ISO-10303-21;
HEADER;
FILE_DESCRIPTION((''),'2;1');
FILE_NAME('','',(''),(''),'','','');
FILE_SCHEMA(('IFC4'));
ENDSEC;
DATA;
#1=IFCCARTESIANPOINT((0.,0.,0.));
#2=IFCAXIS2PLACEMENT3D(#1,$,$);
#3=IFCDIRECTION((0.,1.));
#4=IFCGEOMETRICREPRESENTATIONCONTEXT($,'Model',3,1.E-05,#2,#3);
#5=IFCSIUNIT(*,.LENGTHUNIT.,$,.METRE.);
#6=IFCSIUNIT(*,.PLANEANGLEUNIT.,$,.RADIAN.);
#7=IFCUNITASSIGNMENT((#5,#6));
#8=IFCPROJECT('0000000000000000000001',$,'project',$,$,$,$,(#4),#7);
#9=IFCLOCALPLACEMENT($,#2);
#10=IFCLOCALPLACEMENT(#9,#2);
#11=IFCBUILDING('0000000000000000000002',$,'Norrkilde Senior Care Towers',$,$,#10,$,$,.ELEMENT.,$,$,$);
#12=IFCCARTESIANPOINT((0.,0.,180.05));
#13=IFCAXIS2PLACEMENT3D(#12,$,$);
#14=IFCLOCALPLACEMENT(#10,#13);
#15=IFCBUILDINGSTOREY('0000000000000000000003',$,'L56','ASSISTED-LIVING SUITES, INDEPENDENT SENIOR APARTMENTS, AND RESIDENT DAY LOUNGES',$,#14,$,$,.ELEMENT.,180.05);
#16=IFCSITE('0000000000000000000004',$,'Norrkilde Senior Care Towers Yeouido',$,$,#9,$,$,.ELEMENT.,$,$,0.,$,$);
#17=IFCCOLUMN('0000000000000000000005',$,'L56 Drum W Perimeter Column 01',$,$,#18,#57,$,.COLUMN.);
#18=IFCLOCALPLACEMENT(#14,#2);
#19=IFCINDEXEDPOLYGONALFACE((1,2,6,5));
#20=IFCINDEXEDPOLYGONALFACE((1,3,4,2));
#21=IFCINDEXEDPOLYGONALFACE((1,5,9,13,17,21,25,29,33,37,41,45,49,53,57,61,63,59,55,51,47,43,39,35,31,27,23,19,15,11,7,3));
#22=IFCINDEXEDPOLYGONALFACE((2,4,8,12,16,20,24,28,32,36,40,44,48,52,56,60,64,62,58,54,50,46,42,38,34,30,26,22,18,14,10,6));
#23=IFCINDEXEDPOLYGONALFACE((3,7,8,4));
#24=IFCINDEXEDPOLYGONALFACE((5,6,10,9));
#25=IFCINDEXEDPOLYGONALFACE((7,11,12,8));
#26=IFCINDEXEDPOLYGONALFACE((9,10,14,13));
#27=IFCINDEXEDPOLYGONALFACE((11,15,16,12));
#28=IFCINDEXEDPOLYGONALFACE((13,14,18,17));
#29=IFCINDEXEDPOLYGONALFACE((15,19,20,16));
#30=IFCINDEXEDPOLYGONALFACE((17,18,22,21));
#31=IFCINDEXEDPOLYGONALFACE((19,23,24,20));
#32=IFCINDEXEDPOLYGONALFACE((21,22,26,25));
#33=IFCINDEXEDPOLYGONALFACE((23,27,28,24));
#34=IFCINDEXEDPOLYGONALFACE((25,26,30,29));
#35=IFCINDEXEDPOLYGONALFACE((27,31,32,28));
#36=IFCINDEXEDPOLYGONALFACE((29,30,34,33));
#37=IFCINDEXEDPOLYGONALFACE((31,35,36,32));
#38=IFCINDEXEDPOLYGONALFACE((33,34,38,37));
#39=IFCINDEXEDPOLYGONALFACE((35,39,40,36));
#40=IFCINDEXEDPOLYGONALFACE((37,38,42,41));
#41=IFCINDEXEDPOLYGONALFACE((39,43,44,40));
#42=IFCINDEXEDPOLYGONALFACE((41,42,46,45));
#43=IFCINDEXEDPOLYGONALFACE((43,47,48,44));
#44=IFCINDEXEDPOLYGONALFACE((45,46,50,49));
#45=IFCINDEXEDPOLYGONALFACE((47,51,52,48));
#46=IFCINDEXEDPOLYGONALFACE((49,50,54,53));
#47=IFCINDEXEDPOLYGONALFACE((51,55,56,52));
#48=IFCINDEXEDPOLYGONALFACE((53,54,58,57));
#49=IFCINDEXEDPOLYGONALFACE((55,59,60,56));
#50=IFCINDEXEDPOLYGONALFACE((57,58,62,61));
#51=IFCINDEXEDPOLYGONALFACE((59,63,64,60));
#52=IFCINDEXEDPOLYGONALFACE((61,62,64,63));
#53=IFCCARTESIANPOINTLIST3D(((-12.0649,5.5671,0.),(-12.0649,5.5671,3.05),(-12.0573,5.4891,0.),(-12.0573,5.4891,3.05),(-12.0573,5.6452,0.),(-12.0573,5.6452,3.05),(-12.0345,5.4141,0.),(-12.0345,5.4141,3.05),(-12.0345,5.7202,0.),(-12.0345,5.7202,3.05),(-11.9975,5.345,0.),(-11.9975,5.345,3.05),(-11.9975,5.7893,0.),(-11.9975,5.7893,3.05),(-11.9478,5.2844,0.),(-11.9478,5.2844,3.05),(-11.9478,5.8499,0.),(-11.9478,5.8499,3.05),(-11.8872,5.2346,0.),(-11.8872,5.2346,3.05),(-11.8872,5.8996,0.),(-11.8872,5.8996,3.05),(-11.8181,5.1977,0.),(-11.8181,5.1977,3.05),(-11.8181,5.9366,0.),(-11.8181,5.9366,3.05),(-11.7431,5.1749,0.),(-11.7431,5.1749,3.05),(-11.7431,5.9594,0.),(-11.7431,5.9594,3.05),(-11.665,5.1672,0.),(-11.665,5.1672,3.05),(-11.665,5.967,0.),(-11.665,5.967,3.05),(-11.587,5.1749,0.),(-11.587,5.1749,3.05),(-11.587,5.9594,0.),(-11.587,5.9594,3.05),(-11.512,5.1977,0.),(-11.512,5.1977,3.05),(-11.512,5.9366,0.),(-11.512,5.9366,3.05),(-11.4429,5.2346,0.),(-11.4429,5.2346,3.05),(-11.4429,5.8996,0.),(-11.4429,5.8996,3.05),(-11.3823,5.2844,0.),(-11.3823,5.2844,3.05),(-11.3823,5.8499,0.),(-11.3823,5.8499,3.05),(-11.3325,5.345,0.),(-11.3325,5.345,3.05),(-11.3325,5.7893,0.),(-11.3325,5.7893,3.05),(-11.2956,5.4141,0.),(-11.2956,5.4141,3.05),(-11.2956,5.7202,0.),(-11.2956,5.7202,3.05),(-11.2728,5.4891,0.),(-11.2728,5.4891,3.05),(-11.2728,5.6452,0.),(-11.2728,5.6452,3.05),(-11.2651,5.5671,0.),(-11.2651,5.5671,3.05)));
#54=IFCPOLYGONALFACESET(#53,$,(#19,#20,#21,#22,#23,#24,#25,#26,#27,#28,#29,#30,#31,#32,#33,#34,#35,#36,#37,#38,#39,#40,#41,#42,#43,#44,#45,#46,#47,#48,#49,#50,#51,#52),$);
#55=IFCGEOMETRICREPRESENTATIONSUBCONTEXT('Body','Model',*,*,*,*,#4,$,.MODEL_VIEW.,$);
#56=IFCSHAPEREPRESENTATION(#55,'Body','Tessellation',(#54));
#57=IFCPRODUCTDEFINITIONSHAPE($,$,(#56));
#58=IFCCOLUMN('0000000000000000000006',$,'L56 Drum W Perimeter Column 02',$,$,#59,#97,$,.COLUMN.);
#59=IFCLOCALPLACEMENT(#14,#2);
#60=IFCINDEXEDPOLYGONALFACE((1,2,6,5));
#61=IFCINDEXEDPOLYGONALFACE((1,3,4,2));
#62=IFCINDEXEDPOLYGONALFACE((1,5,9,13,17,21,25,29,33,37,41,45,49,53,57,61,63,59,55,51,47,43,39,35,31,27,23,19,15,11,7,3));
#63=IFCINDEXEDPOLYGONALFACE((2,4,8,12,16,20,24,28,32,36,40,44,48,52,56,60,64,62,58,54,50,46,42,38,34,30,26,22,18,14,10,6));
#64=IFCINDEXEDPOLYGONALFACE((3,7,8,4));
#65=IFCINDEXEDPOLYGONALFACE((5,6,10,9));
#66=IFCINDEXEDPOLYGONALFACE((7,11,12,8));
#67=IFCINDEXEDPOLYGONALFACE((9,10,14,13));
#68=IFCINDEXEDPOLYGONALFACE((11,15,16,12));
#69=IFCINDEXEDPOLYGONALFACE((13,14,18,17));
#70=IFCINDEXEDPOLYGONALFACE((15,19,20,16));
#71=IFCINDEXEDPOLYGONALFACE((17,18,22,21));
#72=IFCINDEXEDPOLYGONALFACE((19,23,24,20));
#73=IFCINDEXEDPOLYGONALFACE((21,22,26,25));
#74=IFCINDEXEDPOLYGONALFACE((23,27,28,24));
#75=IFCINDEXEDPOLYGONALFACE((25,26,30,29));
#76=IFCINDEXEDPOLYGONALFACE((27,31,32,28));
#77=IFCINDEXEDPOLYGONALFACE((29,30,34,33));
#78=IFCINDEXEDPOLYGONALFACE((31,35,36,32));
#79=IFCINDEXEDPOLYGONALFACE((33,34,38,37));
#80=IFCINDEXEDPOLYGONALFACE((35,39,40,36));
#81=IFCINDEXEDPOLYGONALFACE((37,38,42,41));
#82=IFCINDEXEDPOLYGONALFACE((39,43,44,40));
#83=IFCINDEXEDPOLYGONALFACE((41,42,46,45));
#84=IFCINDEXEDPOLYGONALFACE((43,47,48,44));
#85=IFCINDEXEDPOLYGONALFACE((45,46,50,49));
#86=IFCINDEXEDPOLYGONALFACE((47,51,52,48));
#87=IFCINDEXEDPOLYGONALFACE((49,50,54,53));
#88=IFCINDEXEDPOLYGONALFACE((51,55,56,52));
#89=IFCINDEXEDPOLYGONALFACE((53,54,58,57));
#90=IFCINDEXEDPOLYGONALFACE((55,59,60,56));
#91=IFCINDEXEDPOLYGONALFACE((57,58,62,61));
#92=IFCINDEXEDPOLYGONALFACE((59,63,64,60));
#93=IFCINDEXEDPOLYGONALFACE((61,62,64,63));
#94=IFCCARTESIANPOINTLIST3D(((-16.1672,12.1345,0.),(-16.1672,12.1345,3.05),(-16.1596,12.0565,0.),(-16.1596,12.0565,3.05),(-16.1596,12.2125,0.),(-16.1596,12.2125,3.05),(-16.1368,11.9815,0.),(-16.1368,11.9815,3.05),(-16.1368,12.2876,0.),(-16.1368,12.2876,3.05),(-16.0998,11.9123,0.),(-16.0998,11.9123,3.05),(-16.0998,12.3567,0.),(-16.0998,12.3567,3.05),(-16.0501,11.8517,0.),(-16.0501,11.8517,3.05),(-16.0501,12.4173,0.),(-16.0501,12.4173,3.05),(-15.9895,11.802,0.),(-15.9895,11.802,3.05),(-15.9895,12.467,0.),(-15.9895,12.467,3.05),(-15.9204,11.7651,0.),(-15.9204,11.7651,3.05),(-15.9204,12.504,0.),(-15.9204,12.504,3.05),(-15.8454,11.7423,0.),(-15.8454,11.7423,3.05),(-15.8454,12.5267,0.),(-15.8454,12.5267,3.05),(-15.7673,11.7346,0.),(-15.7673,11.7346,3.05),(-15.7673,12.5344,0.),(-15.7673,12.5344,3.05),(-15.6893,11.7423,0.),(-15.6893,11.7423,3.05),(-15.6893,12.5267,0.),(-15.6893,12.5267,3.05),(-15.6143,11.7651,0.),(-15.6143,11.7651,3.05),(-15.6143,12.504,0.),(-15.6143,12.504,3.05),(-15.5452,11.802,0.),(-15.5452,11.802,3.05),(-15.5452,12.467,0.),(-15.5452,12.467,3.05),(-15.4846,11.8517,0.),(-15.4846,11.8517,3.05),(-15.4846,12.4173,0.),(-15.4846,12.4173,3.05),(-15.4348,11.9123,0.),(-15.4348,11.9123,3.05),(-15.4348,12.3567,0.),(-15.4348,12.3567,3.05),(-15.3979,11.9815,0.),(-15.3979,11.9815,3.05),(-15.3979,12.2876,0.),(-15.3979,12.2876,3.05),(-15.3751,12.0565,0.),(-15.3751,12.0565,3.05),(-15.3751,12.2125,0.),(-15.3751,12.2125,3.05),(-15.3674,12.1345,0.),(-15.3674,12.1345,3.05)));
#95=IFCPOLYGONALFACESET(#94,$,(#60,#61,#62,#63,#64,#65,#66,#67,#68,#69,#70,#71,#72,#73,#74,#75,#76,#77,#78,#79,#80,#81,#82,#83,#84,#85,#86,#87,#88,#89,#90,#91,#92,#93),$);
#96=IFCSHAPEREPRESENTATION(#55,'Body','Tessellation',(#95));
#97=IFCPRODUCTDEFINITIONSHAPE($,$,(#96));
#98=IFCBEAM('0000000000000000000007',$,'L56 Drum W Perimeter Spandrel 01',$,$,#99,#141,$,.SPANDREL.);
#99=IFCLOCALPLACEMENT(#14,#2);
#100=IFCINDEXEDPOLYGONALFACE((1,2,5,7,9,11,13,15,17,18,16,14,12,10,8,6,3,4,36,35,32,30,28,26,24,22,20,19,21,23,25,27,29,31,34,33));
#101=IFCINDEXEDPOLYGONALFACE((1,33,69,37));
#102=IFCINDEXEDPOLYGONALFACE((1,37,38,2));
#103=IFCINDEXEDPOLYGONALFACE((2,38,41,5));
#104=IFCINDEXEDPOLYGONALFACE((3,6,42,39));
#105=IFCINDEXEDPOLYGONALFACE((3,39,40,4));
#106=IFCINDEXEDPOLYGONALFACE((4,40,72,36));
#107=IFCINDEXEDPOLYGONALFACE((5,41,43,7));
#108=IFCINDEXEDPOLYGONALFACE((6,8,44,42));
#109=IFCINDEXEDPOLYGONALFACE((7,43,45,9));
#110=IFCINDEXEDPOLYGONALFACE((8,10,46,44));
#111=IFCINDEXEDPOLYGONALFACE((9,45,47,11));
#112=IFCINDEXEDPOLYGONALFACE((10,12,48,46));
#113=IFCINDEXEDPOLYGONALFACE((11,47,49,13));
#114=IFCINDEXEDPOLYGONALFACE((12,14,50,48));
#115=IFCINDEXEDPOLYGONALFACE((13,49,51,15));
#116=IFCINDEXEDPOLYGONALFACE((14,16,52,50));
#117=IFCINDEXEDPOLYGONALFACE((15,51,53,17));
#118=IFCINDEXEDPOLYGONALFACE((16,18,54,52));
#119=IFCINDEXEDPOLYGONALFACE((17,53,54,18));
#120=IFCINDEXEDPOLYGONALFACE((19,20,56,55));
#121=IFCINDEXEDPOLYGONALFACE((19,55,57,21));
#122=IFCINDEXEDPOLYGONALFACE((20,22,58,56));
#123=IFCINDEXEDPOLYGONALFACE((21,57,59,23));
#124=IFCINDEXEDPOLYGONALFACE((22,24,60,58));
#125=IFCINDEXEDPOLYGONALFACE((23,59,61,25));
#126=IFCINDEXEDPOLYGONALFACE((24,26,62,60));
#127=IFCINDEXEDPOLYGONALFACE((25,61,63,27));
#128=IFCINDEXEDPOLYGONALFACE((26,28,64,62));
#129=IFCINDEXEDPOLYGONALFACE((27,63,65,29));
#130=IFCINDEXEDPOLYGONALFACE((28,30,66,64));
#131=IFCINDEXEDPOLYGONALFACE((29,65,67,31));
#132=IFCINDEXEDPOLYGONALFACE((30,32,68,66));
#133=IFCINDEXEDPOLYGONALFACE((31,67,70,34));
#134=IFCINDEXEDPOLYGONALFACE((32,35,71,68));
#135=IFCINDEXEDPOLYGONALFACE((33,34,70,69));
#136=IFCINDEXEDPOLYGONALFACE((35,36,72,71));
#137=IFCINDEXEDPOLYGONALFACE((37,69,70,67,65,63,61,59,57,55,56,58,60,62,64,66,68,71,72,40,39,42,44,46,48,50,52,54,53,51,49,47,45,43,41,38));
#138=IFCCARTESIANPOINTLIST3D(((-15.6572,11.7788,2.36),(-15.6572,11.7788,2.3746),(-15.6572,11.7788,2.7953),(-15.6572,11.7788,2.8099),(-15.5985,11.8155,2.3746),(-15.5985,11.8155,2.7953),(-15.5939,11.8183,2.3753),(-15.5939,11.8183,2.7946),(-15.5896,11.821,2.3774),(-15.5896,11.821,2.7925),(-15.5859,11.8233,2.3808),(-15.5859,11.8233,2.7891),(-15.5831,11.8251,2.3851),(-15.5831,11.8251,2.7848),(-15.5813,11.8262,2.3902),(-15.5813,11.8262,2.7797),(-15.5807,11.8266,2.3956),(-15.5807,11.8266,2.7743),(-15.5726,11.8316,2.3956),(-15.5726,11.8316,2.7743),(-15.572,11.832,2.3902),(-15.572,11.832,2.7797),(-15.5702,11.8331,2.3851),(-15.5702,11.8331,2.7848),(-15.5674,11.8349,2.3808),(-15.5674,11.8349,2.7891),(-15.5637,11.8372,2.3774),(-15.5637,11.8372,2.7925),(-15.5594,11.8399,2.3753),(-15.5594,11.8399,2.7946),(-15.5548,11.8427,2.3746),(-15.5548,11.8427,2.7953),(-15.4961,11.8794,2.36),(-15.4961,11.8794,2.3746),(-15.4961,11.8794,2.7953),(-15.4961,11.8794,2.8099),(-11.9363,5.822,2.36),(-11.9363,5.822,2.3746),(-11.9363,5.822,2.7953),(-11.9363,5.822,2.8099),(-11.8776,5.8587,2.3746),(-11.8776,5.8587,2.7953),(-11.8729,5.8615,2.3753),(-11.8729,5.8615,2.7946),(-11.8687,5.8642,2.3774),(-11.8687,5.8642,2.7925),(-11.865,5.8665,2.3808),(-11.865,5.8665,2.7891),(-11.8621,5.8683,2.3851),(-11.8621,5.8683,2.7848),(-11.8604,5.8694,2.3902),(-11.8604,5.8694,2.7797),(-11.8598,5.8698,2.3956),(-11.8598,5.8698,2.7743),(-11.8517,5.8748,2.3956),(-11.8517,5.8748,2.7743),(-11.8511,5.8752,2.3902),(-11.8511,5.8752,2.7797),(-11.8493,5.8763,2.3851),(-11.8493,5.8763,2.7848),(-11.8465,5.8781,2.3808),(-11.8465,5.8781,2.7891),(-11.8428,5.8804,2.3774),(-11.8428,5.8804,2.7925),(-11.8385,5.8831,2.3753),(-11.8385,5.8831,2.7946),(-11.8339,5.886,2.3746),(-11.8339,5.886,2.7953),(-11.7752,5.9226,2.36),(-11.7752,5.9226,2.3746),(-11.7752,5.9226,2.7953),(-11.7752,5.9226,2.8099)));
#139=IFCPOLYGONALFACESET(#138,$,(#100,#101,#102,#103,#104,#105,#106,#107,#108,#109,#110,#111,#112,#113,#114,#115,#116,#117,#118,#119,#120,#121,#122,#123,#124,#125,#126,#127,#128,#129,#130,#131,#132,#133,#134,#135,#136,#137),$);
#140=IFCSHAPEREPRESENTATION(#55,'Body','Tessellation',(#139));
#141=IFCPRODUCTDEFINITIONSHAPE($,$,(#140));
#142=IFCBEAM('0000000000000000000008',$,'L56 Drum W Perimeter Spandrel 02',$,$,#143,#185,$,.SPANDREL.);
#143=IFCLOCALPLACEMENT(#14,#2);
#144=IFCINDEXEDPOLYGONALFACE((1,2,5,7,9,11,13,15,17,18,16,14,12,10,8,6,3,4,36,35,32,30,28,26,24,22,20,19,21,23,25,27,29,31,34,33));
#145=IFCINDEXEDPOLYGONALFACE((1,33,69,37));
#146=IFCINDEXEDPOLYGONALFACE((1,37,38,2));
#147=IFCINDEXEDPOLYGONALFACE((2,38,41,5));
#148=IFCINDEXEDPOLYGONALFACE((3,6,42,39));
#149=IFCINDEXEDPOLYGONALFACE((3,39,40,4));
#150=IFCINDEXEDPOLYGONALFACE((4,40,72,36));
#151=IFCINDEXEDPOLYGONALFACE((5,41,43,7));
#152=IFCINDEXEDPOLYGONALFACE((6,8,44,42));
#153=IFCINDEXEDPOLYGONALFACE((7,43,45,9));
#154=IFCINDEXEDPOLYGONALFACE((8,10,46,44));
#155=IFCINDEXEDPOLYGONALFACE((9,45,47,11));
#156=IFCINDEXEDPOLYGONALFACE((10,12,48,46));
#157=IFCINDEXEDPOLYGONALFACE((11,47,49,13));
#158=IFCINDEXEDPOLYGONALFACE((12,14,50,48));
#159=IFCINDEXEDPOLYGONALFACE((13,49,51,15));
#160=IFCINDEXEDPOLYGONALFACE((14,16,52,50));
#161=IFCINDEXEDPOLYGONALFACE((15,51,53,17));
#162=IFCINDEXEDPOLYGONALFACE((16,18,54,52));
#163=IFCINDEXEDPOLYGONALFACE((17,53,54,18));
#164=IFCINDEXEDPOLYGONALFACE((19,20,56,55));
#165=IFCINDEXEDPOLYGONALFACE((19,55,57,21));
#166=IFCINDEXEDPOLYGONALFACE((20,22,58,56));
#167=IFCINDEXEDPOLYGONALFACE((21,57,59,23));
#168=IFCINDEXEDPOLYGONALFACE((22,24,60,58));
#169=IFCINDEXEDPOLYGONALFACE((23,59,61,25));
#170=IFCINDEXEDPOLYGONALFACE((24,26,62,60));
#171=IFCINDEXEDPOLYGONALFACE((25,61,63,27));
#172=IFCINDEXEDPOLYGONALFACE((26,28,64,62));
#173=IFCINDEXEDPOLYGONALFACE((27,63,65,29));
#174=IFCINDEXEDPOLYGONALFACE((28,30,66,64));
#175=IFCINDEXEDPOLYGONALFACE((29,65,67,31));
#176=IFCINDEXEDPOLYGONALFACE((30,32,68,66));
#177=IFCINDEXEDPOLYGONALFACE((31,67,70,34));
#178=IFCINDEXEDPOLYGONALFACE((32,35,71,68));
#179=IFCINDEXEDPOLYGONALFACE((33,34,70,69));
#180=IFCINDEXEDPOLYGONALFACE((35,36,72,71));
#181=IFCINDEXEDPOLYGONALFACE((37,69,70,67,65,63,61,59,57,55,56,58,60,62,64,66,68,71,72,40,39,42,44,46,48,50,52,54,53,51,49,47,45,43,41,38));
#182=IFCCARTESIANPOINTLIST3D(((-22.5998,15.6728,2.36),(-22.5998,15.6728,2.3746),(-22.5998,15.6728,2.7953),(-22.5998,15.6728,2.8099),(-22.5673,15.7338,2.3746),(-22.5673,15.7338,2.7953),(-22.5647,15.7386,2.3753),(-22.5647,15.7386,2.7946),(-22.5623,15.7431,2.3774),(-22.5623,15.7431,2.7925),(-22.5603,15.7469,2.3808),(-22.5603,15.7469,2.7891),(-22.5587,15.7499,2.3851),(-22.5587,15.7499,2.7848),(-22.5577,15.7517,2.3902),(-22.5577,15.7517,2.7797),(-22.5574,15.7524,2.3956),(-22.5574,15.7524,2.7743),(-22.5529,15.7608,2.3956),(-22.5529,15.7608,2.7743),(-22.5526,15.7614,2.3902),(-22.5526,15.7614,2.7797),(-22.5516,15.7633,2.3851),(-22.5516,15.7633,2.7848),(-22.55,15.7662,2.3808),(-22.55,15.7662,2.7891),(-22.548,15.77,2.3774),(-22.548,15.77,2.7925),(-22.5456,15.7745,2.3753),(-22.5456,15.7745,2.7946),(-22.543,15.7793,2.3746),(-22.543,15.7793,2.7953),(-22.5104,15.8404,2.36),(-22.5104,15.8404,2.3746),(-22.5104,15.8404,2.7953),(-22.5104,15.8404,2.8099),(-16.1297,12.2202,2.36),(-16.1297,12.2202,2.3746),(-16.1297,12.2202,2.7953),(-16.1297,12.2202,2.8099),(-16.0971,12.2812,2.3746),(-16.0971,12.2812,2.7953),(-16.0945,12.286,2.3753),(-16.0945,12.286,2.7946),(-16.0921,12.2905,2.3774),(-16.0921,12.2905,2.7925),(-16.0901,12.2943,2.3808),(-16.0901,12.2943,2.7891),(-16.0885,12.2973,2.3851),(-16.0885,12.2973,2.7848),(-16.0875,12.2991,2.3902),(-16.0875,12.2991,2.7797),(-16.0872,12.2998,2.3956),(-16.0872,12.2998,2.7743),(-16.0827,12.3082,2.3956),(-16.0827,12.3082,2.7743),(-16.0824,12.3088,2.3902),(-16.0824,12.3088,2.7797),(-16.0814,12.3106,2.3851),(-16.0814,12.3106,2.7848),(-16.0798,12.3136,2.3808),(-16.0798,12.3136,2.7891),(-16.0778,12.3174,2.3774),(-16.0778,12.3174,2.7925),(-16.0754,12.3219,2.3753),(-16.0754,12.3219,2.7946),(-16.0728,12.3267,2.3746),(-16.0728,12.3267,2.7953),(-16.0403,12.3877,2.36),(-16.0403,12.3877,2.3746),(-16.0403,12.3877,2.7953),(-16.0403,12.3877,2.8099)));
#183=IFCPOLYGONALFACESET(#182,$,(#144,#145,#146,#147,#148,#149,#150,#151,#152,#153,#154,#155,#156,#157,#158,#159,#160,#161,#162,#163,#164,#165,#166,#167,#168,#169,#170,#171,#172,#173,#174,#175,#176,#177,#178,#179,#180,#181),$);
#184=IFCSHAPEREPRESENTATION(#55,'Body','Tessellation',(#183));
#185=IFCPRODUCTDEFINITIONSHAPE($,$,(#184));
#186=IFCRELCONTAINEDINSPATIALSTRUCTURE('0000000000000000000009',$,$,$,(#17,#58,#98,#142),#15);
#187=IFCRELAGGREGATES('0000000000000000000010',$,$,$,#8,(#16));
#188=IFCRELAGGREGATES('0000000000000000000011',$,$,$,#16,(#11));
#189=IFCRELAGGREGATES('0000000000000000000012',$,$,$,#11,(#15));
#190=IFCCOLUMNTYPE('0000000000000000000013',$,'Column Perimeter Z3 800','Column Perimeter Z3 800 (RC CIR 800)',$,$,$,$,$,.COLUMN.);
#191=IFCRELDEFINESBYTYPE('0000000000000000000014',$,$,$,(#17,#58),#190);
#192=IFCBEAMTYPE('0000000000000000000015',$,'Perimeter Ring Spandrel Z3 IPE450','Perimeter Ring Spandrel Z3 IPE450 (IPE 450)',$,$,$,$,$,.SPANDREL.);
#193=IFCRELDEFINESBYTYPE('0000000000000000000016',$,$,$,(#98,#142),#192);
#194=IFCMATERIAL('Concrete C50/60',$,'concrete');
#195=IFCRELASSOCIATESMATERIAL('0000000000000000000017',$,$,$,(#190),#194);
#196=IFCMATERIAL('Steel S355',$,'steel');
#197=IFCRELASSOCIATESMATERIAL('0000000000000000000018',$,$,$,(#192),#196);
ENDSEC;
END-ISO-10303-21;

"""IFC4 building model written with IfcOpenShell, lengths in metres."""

from ifc_helpers import new_model, si_unit, direction, frame, origin, origin_2d, place, context, subcontext, project, spatial, circle, i_section, extrude, source, transform, mapped, material, material_profile, profile_set, type_object, type_shapes, element, save


model = new_model("IFC4")

# Units and contexts
model_context = context("Model", 3, precision=1e-05, world=origin(), true_north=direction((0.0, 1.0)))
body_context = subcontext(model_context, "Body", "Model", "MODEL_VIEW")
ifc_project = project(units=[si_unit("LENGTHUNIT", "METRE"), si_unit("PLANEANGLEUNIT", "RADIAN")], contexts=[model_context])

# Site, building, storey
site_placement = place(None, origin())
site = spatial("IfcSite", under=ifc_project, at=site_placement, Name="Norrkilde Senior Care Towers Yeouido", CompositionType="ELEMENT", RefElevation=0.0)
building_placement = place(site_placement, origin())
building = spatial("IfcBuilding", under=site, at=building_placement, Name="Norrkilde Senior Care Towers", CompositionType="ELEMENT")
storey_placement = place(building_placement, frame((0.0, 0.0, 180.05)))
storey = spatial("IfcBuildingStorey", under=building, at=storey_placement, Name="L56", Description="ASSISTED-LIVING SUITES, INDEPENDENT SENIOR APARTMENTS, AND RESIDENT DAY LOUNGES", CompositionType="ELEMENT", Elevation=180.05)

# Columns
ifc_material_1 = material(Name="Concrete C50/60", Category="concrete")
ifc_material_profile_1 = material_profile(ifc_material_1, circle(Radius=0.3999, at=origin_2d()), Name="RC CIR 800")
ifc_profile_set_1 = profile_set([ifc_material_profile_1], Name="Concrete C50/60")
column_type = type_object("IfcColumnType", Name="Column Perimeter Z3 800", Description="Column Perimeter Z3 800 (RC CIR 800)", PredefinedType="COLUMN", material=ifc_profile_set_1)
shared_shape_1 = source(origin(), body_context, "Body", "SweptSolid", [
    extrude(circle(Radius=0.3999, at=origin_2d()), origin(), (0.0, 0.0, 1.0), 3.05),
])
type_shapes(column_type, [shared_shape_1])
for number, where, z_axis, x_axis, name in (
    (1, (-11.665, 5.5671, 0.0), (0.0, 0.0, 1.0), (1.0, 0.0, 0.0), "L56 Drum W Perimeter Column 01"),
    (2, (-15.7673, 12.1345, 0.0), (0.0, 0.0, 1.0), (1.0, 0.0, 0.0), "L56 Drum W Perimeter Column 02"),
):
    element("IfcColumn", number, at=place(storey_placement, frame(where, z_axis=z_axis, x_axis=x_axis)), inside=storey, type_object=column_type, Name=name, PredefinedType="COLUMN", context=body_context, shape_type="MappedRepresentation", body=[
        mapped(shared_shape_1, transform((0.0, 0.0, 0.0), x_axis=(1.0, 0.0, 0.0), y_axis=(0.0, 1.0, 0.0), z_axis=(0.0, 0.0, 1.0), scale=1.0)),
    ])

# Beams
ifc_material_2 = material(Name="Steel S355", Category="steel")
ifc_material_profile_2 = material_profile(ifc_material_2, i_section(OverallWidth=0.1899, OverallDepth=0.45, WebThickness=0.0095, FlangeThickness=0.0146, FilletRadius=0.021, at=origin_2d()), Name="IPE 450")
ifc_profile_set_2 = profile_set([ifc_material_profile_2], Name="Steel S355")
beam_type_1 = type_object("IfcBeamType", Name="Perimeter Ring Spandrel Z3 IPE450", Description="Perimeter Ring Spandrel Z3 IPE450 (IPE 450)", PredefinedType="SPANDREL", material=ifc_profile_set_2)
shared_shape_2 = source(origin(), body_context, "Body", "SweptSolid", [
    extrude(i_section(OverallWidth=0.1899, OverallDepth=0.45, WebThickness=0.0095, FlangeThickness=0.0146, FilletRadius=0.021, at=origin_2d()), origin(), (0.0, 0.0, 1.0), 7.0234),
])
beam_1_placement = place(storey_placement, frame((-11.8557, 5.8723, 2.585), z_axis=(-0.52979, 0.848129, 0.0), x_axis=(-0.848129, -0.52979, 0.0)))
element("IfcBeam", 3, at=beam_1_placement, inside=storey, type_object=beam_type_1, Name="L56 Drum W Perimeter Spandrel 01", PredefinedType="SPANDREL", context=body_context, shape_type="MappedRepresentation", body=[
    mapped(shared_shape_2, transform((0.0, 0.0, 0.0), x_axis=(1.0, 0.0, 0.0), y_axis=(0.0, 1.0, 0.0), z_axis=(0.0, 0.0, 1.0), scale=1.0)),
])
shared_shape_3 = source(origin(), body_context, "Body", "SweptSolid", [
    extrude(i_section(OverallWidth=0.1899, OverallDepth=0.45, WebThickness=0.0095, FlangeThickness=0.0146, FilletRadius=0.021, at=origin_2d()), origin(), (0.0, 0.0, 1.0), 7.3337),
])
type_shapes(beam_type_1, [shared_shape_2, shared_shape_3])
beam_2_placement = place(storey_placement, frame((-16.085, 12.304, 2.585), z_axis=(-0.882248, 0.470785, 0.0), x_axis=(-0.470785, -0.882248, 0.0)))
element("IfcBeam", 4, at=beam_2_placement, inside=storey, type_object=beam_type_1, Name="L56 Drum W Perimeter Spandrel 02", PredefinedType="SPANDREL", context=body_context, shape_type="MappedRepresentation", body=[
    mapped(shared_shape_3, transform((0.0, 0.0, 0.0), x_axis=(1.0, 0.0, 0.0), y_axis=(0.0, 1.0, 0.0), z_axis=(0.0, 0.0, 1.0), scale=1.0)),
])

save(model, "model.ifc")
